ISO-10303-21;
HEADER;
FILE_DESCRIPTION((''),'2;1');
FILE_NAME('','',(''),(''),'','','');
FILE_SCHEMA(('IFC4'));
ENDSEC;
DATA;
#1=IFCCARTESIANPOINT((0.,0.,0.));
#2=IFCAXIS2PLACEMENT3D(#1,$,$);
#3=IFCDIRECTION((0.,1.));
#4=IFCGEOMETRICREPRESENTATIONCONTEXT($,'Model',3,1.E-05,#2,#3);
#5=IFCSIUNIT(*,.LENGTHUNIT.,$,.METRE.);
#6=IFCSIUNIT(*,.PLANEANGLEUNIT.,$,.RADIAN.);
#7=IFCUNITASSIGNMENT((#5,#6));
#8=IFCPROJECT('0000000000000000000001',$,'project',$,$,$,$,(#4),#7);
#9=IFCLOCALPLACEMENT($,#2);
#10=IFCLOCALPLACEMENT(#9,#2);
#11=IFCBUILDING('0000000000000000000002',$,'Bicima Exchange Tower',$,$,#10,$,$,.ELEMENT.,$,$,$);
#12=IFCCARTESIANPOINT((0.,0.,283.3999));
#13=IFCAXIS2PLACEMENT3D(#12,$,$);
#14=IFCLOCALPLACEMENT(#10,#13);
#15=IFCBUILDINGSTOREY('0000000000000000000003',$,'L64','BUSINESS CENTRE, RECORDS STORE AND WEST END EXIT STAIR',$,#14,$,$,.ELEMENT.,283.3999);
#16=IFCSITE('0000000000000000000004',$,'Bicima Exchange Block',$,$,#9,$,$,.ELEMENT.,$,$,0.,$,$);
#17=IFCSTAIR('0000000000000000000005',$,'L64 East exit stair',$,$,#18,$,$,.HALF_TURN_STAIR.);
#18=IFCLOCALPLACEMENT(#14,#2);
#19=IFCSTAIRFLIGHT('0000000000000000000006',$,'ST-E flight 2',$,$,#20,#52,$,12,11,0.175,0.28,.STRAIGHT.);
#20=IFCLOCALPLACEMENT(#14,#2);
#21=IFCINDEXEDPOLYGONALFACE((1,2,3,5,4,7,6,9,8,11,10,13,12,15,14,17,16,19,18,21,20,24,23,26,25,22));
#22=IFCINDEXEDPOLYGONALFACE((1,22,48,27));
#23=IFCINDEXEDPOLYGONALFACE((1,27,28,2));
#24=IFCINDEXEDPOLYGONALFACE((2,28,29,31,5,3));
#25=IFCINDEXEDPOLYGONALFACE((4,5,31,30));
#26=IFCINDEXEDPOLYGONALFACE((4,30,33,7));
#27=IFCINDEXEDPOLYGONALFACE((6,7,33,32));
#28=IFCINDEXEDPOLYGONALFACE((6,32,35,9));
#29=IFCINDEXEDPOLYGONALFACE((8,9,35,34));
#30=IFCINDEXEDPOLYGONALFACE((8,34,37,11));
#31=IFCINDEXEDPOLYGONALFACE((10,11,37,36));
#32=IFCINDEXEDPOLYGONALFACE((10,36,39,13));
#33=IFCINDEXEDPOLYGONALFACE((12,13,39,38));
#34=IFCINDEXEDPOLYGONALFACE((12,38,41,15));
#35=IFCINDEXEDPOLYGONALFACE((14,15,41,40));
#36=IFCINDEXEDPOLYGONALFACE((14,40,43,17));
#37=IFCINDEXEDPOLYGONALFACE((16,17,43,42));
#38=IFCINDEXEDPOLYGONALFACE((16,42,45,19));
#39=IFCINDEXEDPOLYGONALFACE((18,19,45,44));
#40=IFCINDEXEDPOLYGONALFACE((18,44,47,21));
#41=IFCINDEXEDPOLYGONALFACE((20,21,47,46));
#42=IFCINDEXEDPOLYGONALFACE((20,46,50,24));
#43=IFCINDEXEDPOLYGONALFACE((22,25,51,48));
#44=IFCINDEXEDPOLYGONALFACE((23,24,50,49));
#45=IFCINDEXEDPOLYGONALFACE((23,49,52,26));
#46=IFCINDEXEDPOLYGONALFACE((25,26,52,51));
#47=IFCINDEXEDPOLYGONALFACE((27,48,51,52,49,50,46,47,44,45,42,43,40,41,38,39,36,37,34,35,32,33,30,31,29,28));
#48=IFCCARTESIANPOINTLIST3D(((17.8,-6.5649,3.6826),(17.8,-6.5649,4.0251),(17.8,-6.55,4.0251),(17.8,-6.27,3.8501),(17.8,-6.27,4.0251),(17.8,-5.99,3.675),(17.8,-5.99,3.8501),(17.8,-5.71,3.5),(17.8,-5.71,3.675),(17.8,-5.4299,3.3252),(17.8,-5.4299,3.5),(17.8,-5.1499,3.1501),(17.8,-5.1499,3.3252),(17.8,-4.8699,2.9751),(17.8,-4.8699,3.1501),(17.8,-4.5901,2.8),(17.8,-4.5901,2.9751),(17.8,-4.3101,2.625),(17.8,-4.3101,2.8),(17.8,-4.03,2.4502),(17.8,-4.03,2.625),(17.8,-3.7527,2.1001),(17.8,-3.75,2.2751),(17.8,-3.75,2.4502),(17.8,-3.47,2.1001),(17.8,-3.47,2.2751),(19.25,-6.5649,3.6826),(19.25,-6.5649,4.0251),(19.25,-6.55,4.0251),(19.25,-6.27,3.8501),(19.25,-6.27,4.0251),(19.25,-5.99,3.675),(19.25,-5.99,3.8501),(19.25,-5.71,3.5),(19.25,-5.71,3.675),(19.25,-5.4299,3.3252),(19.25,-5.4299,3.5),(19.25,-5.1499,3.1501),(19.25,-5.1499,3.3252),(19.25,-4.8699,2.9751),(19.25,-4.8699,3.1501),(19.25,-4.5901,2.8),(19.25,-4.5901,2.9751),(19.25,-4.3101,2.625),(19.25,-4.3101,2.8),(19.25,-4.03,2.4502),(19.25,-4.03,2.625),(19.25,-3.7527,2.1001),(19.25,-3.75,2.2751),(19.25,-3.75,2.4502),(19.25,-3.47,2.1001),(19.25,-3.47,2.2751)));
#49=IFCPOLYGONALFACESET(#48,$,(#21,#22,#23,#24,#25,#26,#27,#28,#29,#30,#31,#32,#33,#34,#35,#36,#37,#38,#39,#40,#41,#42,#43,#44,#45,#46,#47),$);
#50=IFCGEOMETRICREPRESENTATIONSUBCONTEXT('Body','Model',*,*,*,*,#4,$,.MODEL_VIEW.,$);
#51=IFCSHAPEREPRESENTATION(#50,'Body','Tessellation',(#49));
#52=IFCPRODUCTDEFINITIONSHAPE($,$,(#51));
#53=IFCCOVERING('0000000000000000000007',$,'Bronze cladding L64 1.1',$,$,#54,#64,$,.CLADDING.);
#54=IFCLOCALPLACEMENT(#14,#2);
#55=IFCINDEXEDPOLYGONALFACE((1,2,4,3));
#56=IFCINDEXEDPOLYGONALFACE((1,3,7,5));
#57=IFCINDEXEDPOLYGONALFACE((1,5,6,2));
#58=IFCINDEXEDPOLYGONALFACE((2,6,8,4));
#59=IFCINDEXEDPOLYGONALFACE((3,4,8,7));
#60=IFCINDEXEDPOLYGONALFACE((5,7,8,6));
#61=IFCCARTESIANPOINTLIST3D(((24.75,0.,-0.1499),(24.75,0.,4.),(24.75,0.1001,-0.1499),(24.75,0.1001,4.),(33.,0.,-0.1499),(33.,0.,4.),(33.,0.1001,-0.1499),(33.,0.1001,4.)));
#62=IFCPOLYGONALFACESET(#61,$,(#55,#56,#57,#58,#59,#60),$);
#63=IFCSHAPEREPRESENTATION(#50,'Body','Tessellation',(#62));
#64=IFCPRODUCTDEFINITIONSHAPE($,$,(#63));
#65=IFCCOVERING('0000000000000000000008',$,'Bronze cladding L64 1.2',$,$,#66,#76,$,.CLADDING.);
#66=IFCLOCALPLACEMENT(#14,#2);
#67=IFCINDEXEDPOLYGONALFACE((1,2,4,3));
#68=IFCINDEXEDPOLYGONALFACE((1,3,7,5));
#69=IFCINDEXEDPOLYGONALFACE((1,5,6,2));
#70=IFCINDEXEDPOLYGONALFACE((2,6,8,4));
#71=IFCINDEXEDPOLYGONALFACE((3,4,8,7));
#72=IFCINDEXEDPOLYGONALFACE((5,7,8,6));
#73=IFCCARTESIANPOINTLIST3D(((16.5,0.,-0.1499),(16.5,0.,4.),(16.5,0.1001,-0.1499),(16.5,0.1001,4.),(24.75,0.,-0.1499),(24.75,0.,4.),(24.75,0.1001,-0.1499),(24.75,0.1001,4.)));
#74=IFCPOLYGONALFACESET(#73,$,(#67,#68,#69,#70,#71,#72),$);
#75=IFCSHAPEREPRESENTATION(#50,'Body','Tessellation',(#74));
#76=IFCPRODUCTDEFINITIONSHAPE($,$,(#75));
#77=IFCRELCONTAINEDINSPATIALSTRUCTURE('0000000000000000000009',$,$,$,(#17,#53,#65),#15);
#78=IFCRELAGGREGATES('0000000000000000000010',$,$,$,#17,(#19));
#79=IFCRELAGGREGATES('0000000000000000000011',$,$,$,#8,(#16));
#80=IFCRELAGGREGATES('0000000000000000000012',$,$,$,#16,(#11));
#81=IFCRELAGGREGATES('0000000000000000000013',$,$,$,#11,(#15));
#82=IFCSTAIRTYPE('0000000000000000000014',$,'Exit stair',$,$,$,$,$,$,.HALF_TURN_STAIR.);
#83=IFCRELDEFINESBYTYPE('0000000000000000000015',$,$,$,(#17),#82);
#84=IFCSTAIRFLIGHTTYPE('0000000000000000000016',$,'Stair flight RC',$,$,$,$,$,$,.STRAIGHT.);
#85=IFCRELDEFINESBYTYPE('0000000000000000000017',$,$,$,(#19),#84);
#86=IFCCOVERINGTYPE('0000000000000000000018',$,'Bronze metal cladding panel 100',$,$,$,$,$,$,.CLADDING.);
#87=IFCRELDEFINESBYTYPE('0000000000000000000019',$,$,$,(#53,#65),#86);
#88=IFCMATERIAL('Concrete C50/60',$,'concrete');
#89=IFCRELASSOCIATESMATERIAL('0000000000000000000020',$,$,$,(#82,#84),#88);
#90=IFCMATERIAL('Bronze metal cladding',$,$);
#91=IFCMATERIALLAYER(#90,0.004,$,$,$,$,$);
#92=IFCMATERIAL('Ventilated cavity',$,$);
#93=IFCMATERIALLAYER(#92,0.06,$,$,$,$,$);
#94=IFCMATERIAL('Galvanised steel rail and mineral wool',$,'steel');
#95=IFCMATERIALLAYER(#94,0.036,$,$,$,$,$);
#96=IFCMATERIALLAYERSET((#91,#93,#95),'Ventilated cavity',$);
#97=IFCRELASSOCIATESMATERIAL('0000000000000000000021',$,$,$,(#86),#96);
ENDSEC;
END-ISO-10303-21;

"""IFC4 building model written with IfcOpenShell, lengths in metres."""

from ifc_helpers import new_model, si_unit, direction, frame, origin, origin_2d, place, context, subcontext, project, spatial, polyline, rectangle, outline, extrude, material, layer, layer_set, type_object, element, aggregate, save


model = new_model("IFC4")

# Units and contexts
model_context = context("Model", 3, precision=1e-05, world=origin(), true_north=direction((0.0, 1.0)))
body_context = subcontext(model_context, "Body", "Model", "MODEL_VIEW")
ifc_project = project(units=[si_unit("LENGTHUNIT", "METRE"), si_unit("PLANEANGLEUNIT", "RADIAN")], contexts=[model_context])

# Site, building, storey
site_placement = place(None, origin())
site = spatial("IfcSite", under=ifc_project, at=site_placement, Name="Bicima Exchange Block", CompositionType="ELEMENT", RefElevation=0.0)
building_placement = place(site_placement, origin())
building = spatial("IfcBuilding", under=site, at=building_placement, Name="Bicima Exchange Tower", CompositionType="ELEMENT")
storey_placement = place(building_placement, frame((0.0, 0.0, 283.3999)))
storey = spatial("IfcBuildingStorey", under=building, at=storey_placement, Name="L64", Description="BUSINESS CENTRE, RECORDS STORE AND WEST END EXIT STAIR", CompositionType="ELEMENT", Elevation=283.3999)

# Shared definitions
ifc_material_1 = material(Name="Concrete C50/60", Category="concrete")

# Stair, stair flight
stair_type = type_object("IfcStairType", Name="Exit stair", PredefinedType="HALF_TURN_STAIR", material=ifc_material_1)
stair_placement = place(storey_placement, origin())
stair = element("IfcStair", 1, at=stair_placement, inside=storey, type_object=stair_type, Name="L64 East exit stair", PredefinedType="HALF_TURN_STAIR")
stair_flight_type = type_object("IfcStairFlightType", Name="Stair flight RC", PredefinedType="STRAIGHT", material=ifc_material_1)
stair_flight_1_placement = place(storey_placement, frame((18.5249, -3.47, 2.1001), z_axis=(0.0, 0.0, 1.0), x_axis=(0.0, -1.0, 0.0)))
stair_flight_1 = element("IfcStairFlight", 2, at=stair_flight_1_placement, type_object=stair_flight_type, Name="ST-E flight 2", NumberOfRisers=12, NumberOfTreads=11, PredefinedType="STRAIGHT", RiserHeight=0.175, TreadLength=0.28, context=body_context, shape_type="SweptSolid", body=[
    extrude(outline(polyline([(0.0, 0.0), (0.0, 0.175), (0.28, 0.175), (0.28, 0.3501), (0.5601, 0.3501), (0.5601, 0.5249), (0.8401, 0.5249), (0.8401, 0.7), (1.1201, 0.7), (1.1201, 0.875), (1.3999, 0.875), (1.3999, 1.05), (1.6799, 1.05), (1.6799, 1.2251), (1.96, 1.2251), (1.96, 1.3999), (2.24, 1.3999), (2.24, 1.575), (2.52, 1.575), (2.52, 1.75), (2.8, 1.75), (2.8, 1.925), (3.0801, 1.925), (3.095, 1.925), (3.095, 1.5825), (0.2827, 0.0), (0.0, 0.0)])), frame((0.0, 0.7251, 0.0), z_axis=(0.0, -1.0, 0.0), x_axis=(1.0, 0.0, 0.0)), (0.0, 0.0, 1.0), 1.45),
])
aggregate(stair, [stair_flight_1])

# Coverings
ifc_material_2 = material(Name="Bronze metal cladding")
ifc_layer_1 = layer(ifc_material_2, 0.004)
ifc_material_3 = material(Name="Ventilated cavity")
ifc_layer_2 = layer(ifc_material_3, 0.06)
ifc_material_4 = material(Name="Galvanised steel rail and mineral wool", Category="steel")
ifc_layer_3 = layer(ifc_material_4, 0.036)
ifc_layer_set_1 = layer_set([ifc_layer_1, ifc_layer_2, ifc_layer_3], Name="Ventilated cavity")
covering_type = type_object("IfcCoveringType", Name="Bronze metal cladding panel 100", PredefinedType="CLADDING", material=ifc_layer_set_1)
for number, where, z_axis, x_axis, name in (
    (3, (28.875, 0.05, -0.1499), (0.0, 0.0, 1.0), (-1.0, 0.0, 0.0), "Bronze cladding L64 1.1"),
    (4, (20.625, 0.05, -0.1499), (0.0, 0.0, 1.0), (-1.0, 0.0, 0.0), "Bronze cladding L64 1.2"),
):
    element("IfcCovering", number, at=place(storey_placement, frame(where, z_axis=z_axis, x_axis=x_axis)), inside=storey, type_object=covering_type, Name=name, PredefinedType="CLADDING", context=body_context, shape_type="SweptSolid", body=[
        extrude(rectangle(XDim=8.25, YDim=0.1001, at=origin_2d()), origin(), (0.0, 0.0, 1.0), 4.1499),
    ])

save(model, "model.ifc")
